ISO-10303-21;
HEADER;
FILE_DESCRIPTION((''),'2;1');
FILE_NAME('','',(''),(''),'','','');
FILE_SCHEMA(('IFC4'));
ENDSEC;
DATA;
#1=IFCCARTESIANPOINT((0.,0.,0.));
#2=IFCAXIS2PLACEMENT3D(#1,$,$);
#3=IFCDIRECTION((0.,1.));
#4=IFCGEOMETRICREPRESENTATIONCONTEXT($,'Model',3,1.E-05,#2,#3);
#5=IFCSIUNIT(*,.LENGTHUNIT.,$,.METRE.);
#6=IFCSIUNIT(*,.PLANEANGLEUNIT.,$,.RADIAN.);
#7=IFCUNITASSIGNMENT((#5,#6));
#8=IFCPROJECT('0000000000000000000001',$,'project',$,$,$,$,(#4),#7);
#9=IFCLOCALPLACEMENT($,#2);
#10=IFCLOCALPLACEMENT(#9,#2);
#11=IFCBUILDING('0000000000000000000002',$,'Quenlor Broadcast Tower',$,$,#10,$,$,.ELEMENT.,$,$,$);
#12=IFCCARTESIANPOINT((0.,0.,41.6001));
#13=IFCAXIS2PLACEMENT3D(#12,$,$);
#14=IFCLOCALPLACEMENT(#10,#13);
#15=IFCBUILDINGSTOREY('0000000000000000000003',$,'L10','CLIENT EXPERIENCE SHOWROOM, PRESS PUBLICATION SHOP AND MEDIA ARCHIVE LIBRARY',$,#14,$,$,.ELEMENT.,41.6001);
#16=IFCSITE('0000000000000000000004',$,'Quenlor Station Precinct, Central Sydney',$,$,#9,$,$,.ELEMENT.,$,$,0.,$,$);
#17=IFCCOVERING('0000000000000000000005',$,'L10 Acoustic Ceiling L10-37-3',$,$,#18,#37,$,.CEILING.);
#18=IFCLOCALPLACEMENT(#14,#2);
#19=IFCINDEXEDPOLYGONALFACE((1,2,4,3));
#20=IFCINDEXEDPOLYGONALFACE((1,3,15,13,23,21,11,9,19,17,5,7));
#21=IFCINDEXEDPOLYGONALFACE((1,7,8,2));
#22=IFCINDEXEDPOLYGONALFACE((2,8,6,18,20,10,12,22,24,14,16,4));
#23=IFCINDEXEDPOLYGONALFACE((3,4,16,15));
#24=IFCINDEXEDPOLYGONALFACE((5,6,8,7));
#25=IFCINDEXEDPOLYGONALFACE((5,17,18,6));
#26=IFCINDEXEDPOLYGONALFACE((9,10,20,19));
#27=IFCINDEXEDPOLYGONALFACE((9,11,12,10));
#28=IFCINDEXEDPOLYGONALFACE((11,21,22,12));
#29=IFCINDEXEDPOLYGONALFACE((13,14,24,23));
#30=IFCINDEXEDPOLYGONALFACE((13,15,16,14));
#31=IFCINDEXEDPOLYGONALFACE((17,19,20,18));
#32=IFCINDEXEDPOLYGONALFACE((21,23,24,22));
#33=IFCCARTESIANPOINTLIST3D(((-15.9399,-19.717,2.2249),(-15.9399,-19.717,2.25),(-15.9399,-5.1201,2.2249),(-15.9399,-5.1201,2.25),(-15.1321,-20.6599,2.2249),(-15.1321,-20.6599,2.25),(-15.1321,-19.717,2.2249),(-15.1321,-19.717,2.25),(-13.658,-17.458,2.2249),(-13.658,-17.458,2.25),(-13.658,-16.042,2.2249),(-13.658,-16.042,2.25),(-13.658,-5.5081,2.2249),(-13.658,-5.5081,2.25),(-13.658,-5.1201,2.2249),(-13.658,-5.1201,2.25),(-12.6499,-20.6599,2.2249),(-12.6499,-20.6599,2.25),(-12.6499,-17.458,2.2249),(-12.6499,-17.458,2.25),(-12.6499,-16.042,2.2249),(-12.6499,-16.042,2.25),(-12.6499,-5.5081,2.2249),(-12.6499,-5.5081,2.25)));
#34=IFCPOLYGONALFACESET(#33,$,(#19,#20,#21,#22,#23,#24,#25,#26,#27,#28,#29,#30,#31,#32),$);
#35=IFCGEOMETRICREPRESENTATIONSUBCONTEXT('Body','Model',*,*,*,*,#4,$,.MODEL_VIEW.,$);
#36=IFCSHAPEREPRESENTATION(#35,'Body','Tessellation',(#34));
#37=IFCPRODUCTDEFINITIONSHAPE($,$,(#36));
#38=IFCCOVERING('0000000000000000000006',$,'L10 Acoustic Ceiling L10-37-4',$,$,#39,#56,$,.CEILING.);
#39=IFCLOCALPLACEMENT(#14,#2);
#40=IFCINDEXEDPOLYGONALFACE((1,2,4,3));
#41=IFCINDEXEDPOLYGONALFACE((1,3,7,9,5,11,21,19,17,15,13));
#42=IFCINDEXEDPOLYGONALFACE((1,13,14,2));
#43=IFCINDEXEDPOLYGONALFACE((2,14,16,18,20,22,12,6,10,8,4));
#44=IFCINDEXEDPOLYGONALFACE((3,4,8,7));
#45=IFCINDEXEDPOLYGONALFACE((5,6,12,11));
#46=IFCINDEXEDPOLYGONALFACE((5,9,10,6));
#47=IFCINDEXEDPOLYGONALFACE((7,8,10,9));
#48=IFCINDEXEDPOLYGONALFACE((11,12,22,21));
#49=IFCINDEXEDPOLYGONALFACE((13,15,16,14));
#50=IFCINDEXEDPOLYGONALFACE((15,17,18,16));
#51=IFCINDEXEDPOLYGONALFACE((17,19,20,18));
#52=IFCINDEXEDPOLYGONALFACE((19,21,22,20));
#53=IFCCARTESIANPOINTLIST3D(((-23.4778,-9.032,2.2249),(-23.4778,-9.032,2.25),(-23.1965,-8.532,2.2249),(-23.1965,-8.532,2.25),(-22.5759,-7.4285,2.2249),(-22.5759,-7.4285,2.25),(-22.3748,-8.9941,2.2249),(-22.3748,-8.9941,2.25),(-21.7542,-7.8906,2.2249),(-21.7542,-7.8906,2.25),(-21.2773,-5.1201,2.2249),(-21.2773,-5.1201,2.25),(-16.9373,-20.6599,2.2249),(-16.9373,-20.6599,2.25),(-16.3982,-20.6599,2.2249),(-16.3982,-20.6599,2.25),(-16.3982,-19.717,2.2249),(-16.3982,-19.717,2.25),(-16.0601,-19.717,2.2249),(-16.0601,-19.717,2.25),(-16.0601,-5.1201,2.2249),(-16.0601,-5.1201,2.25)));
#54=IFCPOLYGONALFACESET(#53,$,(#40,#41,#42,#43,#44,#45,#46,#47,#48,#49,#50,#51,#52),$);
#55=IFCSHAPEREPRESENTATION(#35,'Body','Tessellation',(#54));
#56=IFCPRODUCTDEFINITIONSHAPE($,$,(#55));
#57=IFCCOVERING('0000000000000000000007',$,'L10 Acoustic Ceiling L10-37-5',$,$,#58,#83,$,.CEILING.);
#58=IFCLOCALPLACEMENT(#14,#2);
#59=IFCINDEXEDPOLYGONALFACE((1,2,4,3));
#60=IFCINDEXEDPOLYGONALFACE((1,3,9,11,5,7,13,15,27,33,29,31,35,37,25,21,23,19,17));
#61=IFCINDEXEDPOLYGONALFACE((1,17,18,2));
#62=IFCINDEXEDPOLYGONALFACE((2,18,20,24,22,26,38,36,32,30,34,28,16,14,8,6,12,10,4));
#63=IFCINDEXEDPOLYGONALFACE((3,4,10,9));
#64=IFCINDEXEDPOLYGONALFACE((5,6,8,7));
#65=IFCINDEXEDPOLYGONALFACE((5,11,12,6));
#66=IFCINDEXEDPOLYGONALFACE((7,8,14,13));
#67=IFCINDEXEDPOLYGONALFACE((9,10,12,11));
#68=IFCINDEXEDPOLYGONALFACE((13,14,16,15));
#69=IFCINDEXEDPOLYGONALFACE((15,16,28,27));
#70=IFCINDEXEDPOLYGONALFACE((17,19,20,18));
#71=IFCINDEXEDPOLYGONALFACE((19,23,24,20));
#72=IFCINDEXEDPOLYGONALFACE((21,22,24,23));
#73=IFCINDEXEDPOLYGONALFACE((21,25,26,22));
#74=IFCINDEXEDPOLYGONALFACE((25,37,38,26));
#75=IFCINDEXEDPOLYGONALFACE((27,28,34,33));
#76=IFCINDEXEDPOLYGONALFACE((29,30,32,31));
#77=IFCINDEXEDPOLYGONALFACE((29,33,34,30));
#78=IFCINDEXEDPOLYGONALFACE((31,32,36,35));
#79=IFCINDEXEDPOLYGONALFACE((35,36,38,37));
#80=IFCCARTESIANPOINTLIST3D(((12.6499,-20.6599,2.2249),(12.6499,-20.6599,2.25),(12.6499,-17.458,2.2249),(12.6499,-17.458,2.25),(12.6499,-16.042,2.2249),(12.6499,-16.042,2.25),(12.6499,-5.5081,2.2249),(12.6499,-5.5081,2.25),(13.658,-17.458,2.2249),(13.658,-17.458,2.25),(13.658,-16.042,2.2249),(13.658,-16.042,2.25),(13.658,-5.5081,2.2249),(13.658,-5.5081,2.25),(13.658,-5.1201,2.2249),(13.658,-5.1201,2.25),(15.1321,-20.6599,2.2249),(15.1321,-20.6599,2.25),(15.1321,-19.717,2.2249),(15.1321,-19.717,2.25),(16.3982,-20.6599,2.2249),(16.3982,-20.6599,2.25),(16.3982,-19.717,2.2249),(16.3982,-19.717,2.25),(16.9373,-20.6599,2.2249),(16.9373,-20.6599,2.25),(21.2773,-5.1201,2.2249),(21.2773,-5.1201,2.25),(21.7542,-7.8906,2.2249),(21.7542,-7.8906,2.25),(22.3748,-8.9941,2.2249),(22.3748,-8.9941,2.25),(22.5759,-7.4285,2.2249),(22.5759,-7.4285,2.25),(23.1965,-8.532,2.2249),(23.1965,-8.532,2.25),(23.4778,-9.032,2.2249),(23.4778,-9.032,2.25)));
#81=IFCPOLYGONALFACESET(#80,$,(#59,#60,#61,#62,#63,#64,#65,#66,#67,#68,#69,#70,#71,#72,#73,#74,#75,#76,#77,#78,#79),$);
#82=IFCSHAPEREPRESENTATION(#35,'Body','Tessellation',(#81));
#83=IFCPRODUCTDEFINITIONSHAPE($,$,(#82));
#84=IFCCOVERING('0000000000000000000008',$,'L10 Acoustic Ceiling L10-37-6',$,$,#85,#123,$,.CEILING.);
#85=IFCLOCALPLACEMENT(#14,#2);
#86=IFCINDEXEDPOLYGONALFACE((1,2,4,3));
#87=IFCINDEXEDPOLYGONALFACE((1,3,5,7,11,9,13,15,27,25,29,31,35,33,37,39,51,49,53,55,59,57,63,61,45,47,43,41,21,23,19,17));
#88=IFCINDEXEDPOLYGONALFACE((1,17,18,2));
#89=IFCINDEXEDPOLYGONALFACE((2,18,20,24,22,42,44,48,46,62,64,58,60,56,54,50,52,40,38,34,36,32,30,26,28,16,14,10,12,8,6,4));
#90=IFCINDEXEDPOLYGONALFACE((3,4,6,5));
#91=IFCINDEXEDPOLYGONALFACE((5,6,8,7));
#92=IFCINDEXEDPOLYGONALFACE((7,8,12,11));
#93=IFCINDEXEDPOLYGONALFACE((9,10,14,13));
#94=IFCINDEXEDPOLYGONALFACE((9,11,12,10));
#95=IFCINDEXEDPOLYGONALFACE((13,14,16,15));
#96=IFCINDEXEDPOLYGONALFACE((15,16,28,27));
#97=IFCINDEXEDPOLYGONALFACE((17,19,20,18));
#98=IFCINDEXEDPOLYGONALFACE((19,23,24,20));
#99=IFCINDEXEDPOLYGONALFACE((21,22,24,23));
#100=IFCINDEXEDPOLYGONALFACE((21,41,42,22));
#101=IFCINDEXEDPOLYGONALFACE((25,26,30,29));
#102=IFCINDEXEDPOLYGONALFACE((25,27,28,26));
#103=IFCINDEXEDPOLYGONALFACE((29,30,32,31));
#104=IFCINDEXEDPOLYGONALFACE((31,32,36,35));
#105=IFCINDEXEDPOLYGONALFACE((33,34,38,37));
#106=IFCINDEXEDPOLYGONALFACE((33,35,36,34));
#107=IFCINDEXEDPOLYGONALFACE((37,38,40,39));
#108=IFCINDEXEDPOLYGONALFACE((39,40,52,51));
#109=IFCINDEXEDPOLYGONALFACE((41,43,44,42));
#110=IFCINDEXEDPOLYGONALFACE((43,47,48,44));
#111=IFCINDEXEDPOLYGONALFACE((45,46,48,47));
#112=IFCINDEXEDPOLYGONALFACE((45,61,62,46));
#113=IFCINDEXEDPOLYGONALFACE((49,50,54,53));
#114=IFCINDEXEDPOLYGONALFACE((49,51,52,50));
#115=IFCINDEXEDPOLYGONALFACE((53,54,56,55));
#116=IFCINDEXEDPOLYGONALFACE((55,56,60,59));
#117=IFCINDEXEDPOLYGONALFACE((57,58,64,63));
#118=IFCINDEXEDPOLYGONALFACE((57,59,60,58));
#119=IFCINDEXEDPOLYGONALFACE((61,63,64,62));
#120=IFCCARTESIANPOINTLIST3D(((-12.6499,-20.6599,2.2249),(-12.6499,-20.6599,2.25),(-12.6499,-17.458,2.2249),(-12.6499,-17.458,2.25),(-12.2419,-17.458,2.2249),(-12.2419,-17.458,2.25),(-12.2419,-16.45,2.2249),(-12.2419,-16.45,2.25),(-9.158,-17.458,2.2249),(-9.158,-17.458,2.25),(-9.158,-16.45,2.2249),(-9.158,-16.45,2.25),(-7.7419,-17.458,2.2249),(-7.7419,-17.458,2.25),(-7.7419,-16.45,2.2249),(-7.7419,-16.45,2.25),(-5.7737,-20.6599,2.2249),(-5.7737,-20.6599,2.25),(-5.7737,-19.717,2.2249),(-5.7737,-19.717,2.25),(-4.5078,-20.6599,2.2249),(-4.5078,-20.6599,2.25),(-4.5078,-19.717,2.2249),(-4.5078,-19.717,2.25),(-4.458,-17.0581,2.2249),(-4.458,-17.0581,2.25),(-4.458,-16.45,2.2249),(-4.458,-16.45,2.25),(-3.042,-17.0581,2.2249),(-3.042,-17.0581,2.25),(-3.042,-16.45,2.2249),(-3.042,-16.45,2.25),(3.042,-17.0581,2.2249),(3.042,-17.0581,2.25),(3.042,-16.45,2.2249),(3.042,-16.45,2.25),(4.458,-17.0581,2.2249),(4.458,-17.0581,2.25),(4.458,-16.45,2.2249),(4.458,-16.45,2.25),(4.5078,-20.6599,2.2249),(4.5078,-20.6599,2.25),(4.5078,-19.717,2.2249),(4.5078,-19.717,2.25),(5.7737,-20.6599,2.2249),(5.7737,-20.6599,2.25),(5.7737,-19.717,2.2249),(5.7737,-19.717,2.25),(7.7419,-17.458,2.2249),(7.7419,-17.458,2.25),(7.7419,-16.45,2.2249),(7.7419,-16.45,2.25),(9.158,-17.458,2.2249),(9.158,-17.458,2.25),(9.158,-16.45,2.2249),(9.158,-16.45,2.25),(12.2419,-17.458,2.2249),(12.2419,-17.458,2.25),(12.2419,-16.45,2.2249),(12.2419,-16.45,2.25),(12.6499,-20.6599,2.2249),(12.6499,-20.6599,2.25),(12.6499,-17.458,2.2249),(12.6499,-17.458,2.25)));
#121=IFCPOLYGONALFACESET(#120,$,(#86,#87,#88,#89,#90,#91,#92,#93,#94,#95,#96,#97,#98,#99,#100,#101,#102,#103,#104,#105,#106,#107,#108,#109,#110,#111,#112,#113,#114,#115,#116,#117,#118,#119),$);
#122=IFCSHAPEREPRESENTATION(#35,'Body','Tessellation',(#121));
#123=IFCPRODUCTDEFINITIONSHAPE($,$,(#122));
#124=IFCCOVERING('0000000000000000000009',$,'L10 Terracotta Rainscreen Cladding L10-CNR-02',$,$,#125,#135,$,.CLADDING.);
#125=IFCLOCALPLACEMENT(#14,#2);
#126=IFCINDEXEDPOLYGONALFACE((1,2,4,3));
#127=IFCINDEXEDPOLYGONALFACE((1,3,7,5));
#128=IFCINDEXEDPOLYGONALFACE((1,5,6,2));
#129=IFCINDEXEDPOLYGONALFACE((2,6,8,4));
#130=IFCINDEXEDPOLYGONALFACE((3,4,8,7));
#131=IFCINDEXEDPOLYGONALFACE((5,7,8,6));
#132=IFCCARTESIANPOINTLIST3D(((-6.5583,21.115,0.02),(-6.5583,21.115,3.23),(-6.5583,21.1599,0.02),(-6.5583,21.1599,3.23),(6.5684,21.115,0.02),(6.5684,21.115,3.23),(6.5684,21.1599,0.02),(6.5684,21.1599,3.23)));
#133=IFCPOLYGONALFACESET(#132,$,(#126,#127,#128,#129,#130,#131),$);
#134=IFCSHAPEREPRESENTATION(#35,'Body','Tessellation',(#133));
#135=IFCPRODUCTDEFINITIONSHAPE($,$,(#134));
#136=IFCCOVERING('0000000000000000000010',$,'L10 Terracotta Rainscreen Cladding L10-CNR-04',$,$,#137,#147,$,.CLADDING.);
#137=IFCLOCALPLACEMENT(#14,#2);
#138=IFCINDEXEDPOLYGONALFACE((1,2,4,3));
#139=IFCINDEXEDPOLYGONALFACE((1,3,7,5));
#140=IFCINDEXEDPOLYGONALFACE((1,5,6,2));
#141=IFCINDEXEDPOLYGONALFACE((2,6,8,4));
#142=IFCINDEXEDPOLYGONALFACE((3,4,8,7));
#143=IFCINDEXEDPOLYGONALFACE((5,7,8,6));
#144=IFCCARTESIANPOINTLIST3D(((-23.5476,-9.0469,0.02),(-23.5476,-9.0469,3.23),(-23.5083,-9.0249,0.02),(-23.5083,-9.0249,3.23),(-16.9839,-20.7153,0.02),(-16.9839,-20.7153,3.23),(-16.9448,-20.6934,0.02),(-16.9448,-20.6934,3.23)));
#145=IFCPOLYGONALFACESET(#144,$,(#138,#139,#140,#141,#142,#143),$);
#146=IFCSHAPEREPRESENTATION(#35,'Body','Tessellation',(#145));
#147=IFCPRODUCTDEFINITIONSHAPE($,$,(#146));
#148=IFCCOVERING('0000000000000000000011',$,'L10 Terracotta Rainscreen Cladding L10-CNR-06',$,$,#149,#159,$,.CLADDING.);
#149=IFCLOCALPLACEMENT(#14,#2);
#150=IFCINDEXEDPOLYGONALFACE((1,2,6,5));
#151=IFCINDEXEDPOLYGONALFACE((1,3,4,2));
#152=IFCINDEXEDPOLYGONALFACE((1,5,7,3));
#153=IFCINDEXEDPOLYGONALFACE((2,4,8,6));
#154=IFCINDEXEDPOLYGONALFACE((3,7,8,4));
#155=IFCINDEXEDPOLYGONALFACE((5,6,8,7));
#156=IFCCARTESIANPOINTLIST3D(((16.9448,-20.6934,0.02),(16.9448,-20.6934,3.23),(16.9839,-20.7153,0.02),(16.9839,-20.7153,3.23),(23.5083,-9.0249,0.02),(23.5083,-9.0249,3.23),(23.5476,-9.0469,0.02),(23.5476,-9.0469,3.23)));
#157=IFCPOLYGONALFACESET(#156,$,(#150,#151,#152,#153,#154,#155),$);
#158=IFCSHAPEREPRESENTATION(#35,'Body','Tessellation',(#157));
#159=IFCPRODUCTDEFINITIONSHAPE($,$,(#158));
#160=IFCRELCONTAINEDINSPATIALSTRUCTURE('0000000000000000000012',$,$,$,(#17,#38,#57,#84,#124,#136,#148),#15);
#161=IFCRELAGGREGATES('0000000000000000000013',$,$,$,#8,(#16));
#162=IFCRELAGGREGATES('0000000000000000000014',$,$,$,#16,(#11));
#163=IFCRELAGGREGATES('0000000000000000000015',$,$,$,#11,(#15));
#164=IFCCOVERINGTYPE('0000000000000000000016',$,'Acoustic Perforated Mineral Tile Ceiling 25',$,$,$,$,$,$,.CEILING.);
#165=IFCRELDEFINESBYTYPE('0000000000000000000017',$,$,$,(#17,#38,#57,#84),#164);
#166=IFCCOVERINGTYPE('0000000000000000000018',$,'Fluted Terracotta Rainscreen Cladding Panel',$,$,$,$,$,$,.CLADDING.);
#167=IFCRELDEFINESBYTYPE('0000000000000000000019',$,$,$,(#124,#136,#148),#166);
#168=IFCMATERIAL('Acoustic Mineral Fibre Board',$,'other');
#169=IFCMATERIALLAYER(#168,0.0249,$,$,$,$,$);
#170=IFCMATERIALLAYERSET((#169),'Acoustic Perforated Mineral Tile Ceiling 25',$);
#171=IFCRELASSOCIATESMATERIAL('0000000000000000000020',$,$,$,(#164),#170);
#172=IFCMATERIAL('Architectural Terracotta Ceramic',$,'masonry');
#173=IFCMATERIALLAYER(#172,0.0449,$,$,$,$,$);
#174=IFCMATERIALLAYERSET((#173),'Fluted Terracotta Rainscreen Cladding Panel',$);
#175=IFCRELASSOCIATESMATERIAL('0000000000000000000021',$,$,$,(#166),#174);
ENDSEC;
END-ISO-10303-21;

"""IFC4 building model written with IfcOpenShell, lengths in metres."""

from ifc_helpers import new_model, si_unit, direction, frame, origin, place, context, subcontext, project, spatial, polyline, outline, extrude, material, layer, layer_set, type_object, element, save


model = new_model("IFC4")

# Units and contexts
model_context = context("Model", 3, precision=1e-05, world=origin(), true_north=direction((0.0, 1.0)))
body_context = subcontext(model_context, "Body", "Model", "MODEL_VIEW")
ifc_project = project(units=[si_unit("LENGTHUNIT", "METRE"), si_unit("PLANEANGLEUNIT", "RADIAN")], contexts=[model_context])

# Site, building, storey
site_placement = place(None, origin())
site = spatial("IfcSite", under=ifc_project, at=site_placement, Name="Quenlor Station Precinct, Central Sydney", CompositionType="ELEMENT", RefElevation=0.0)
building_placement = place(site_placement, origin())
building = spatial("IfcBuilding", under=site, at=building_placement, Name="Quenlor Broadcast Tower", CompositionType="ELEMENT")
storey_placement = place(building_placement, frame((0.0, 0.0, 41.6001)))
storey = spatial("IfcBuildingStorey", under=building, at=storey_placement, Name="L10", Description="CLIENT EXPERIENCE SHOWROOM, PRESS PUBLICATION SHOP AND MEDIA ARCHIVE LIBRARY", CompositionType="ELEMENT", Elevation=41.6001)

# Coverings
ifc_material_1 = material(Name="Acoustic Mineral Fibre Board", Category="other")
ifc_layer_1 = layer(ifc_material_1, 0.0249)
ifc_layer_set_1 = layer_set([ifc_layer_1], Name="Acoustic Perforated Mineral Tile Ceiling 25")
covering_type_1 = type_object("IfcCoveringType", Name="Acoustic Perforated Mineral Tile Ceiling 25", PredefinedType="CEILING", material=ifc_layer_set_1)
covering_1_placement = place(storey_placement, frame((0.0, 0.0, 2.2249)))
element("IfcCovering", 1, at=covering_1_placement, inside=storey, type_object=covering_type_1, Name="L10 Acoustic Ceiling L10-37-3", PredefinedType="CEILING", context=body_context, shape_type="SweptSolid", body=[
    extrude(outline(polyline([(-13.658, -5.5081), (-12.6499, -5.5081), (-12.6499, -16.042), (-13.658, -16.042), (-13.658, -17.458), (-12.6499, -17.458), (-12.6499, -20.6599), (-15.1321, -20.6599), (-15.1321, -19.717), (-15.9399, -19.717), (-15.9399, -5.1201), (-13.658, -5.1201), (-13.658, -5.5081)])), origin(), (0.0, 0.0, 1.0), 0.0251),
])
covering_2_placement = place(storey_placement, frame((0.0, 0.0, 2.2249)))
element("IfcCovering", 2, at=covering_2_placement, inside=storey, type_object=covering_type_1, Name="L10 Acoustic Ceiling L10-37-4", PredefinedType="CEILING", context=body_context, shape_type="SweptSolid", body=[
    extrude(outline(polyline([(-16.0601, -19.717), (-16.3982, -19.717), (-16.3982, -20.6599), (-16.9373, -20.6599), (-23.4778, -9.032), (-23.1965, -8.532), (-22.3748, -8.9941), (-21.7542, -7.8906), (-22.5759, -7.4285), (-21.2773, -5.1201), (-16.0601, -5.1201), (-16.0601, -19.717)])), origin(), (0.0, 0.0, 1.0), 0.0251),
])
covering_3_placement = place(storey_placement, frame((0.0, 0.0, 2.2249)))
element("IfcCovering", 3, at=covering_3_placement, inside=storey, type_object=covering_type_1, Name="L10 Acoustic Ceiling L10-37-5", PredefinedType="CEILING", context=body_context, shape_type="SweptSolid", body=[
    extrude(outline(polyline([(13.658, -17.458), (13.658, -16.042), (12.6499, -16.042), (12.6499, -5.5081), (13.658, -5.5081), (13.658, -5.1201), (21.2773, -5.1201), (22.5759, -7.4285), (21.7542, -7.8906), (22.3748, -8.9941), (23.1965, -8.532), (23.4778, -9.032), (16.9373, -20.6599), (16.3982, -20.6599), (16.3982, -19.717), (15.1321, -19.717), (15.1321, -20.6599), (12.6499, -20.6599), (12.6499, -17.458), (13.658, -17.458)])), origin(), (0.0, 0.0, 1.0), 0.0251),
])
covering_4_placement = place(storey_placement, frame((0.0, 0.0, 2.2249)))
element("IfcCovering", 4, at=covering_4_placement, inside=storey, type_object=covering_type_1, Name="L10 Acoustic Ceiling L10-37-6", PredefinedType="CEILING", context=body_context, shape_type="SweptSolid", body=[
    extrude(outline(polyline([(-12.2419, -17.458), (-12.2419, -16.45), (-9.158, -16.45), (-9.158, -17.458), (-7.7419, -17.458), (-7.7419, -16.45), (-4.458, -16.45), (-4.458, -17.0581), (-3.042, -17.0581), (-3.042, -16.45), (3.042, -16.45), (3.042, -17.0581), (4.458, -17.0581), (4.458, -16.45), (7.7419, -16.45), (7.7419, -17.458), (9.158, -17.458), (9.158, -16.45), (12.2419, -16.45), (12.2419, -17.458), (12.6499, -17.458), (12.6499, -20.6599), (5.7737, -20.6599), (5.7737, -19.717), (4.5078, -19.717), (4.5078, -20.6599), (-4.5078, -20.6599), (-4.5078, -19.717), (-5.7737, -19.717), (-5.7737, -20.6599), (-12.6499, -20.6599), (-12.6499, -17.458), (-12.2419, -17.458)])), origin(), (0.0, 0.0, 1.0), 0.0251),
])
ifc_material_2 = material(Name="Architectural Terracotta Ceramic", Category="masonry")
ifc_layer_2 = layer(ifc_material_2, 0.0449)
ifc_layer_set_2 = layer_set([ifc_layer_2], Name="Fluted Terracotta Rainscreen Cladding Panel")
covering_type_2 = type_object("IfcCoveringType", Name="Fluted Terracotta Rainscreen Cladding Panel", PredefinedType="CLADDING", material=ifc_layer_set_2)
covering_5_placement = place(storey_placement, frame((0.0, 0.0, 0.02)))
element("IfcCovering", 5, at=covering_5_placement, inside=storey, type_object=covering_type_2, Name="L10 Terracotta Rainscreen Cladding L10-CNR-02", PredefinedType="CLADDING", context=body_context, shape_type="SweptSolid", body=[
    extrude(outline(polyline([(6.5684, 21.1599), (-6.5583, 21.1599), (-6.5583, 21.115), (6.5684, 21.115), (6.5684, 21.1599)])), origin(), (0.0, 0.0, 1.0), 3.21),
])
covering_6_placement = place(storey_placement, frame((0.0, 0.0, 0.02)))
element("IfcCovering", 6, at=covering_6_placement, inside=storey, type_object=covering_type_2, Name="L10 Terracotta Rainscreen Cladding L10-CNR-04", PredefinedType="CLADDING", context=body_context, shape_type="SweptSolid", body=[
    extrude(outline(polyline([(-23.5476, -9.0469), (-16.9839, -20.7153), (-16.9448, -20.6934), (-23.5083, -9.0249), (-23.5476, -9.0469)])), origin(), (0.0, 0.0, 1.0), 3.21),
])
covering_7_placement = place(storey_placement, frame((0.0, 0.0, 0.02)))
element("IfcCovering", 7, at=covering_7_placement, inside=storey, type_object=covering_type_2, Name="L10 Terracotta Rainscreen Cladding L10-CNR-06", PredefinedType="CLADDING", context=body_context, shape_type="SweptSolid", body=[
    extrude(outline(polyline([(16.9839, -20.7153), (23.5476, -9.0469), (23.5083, -9.0249), (16.9448, -20.6934), (16.9839, -20.7153)])), origin(), (0.0, 0.0, 1.0), 3.21),
])

save(model, "model.ifc")
